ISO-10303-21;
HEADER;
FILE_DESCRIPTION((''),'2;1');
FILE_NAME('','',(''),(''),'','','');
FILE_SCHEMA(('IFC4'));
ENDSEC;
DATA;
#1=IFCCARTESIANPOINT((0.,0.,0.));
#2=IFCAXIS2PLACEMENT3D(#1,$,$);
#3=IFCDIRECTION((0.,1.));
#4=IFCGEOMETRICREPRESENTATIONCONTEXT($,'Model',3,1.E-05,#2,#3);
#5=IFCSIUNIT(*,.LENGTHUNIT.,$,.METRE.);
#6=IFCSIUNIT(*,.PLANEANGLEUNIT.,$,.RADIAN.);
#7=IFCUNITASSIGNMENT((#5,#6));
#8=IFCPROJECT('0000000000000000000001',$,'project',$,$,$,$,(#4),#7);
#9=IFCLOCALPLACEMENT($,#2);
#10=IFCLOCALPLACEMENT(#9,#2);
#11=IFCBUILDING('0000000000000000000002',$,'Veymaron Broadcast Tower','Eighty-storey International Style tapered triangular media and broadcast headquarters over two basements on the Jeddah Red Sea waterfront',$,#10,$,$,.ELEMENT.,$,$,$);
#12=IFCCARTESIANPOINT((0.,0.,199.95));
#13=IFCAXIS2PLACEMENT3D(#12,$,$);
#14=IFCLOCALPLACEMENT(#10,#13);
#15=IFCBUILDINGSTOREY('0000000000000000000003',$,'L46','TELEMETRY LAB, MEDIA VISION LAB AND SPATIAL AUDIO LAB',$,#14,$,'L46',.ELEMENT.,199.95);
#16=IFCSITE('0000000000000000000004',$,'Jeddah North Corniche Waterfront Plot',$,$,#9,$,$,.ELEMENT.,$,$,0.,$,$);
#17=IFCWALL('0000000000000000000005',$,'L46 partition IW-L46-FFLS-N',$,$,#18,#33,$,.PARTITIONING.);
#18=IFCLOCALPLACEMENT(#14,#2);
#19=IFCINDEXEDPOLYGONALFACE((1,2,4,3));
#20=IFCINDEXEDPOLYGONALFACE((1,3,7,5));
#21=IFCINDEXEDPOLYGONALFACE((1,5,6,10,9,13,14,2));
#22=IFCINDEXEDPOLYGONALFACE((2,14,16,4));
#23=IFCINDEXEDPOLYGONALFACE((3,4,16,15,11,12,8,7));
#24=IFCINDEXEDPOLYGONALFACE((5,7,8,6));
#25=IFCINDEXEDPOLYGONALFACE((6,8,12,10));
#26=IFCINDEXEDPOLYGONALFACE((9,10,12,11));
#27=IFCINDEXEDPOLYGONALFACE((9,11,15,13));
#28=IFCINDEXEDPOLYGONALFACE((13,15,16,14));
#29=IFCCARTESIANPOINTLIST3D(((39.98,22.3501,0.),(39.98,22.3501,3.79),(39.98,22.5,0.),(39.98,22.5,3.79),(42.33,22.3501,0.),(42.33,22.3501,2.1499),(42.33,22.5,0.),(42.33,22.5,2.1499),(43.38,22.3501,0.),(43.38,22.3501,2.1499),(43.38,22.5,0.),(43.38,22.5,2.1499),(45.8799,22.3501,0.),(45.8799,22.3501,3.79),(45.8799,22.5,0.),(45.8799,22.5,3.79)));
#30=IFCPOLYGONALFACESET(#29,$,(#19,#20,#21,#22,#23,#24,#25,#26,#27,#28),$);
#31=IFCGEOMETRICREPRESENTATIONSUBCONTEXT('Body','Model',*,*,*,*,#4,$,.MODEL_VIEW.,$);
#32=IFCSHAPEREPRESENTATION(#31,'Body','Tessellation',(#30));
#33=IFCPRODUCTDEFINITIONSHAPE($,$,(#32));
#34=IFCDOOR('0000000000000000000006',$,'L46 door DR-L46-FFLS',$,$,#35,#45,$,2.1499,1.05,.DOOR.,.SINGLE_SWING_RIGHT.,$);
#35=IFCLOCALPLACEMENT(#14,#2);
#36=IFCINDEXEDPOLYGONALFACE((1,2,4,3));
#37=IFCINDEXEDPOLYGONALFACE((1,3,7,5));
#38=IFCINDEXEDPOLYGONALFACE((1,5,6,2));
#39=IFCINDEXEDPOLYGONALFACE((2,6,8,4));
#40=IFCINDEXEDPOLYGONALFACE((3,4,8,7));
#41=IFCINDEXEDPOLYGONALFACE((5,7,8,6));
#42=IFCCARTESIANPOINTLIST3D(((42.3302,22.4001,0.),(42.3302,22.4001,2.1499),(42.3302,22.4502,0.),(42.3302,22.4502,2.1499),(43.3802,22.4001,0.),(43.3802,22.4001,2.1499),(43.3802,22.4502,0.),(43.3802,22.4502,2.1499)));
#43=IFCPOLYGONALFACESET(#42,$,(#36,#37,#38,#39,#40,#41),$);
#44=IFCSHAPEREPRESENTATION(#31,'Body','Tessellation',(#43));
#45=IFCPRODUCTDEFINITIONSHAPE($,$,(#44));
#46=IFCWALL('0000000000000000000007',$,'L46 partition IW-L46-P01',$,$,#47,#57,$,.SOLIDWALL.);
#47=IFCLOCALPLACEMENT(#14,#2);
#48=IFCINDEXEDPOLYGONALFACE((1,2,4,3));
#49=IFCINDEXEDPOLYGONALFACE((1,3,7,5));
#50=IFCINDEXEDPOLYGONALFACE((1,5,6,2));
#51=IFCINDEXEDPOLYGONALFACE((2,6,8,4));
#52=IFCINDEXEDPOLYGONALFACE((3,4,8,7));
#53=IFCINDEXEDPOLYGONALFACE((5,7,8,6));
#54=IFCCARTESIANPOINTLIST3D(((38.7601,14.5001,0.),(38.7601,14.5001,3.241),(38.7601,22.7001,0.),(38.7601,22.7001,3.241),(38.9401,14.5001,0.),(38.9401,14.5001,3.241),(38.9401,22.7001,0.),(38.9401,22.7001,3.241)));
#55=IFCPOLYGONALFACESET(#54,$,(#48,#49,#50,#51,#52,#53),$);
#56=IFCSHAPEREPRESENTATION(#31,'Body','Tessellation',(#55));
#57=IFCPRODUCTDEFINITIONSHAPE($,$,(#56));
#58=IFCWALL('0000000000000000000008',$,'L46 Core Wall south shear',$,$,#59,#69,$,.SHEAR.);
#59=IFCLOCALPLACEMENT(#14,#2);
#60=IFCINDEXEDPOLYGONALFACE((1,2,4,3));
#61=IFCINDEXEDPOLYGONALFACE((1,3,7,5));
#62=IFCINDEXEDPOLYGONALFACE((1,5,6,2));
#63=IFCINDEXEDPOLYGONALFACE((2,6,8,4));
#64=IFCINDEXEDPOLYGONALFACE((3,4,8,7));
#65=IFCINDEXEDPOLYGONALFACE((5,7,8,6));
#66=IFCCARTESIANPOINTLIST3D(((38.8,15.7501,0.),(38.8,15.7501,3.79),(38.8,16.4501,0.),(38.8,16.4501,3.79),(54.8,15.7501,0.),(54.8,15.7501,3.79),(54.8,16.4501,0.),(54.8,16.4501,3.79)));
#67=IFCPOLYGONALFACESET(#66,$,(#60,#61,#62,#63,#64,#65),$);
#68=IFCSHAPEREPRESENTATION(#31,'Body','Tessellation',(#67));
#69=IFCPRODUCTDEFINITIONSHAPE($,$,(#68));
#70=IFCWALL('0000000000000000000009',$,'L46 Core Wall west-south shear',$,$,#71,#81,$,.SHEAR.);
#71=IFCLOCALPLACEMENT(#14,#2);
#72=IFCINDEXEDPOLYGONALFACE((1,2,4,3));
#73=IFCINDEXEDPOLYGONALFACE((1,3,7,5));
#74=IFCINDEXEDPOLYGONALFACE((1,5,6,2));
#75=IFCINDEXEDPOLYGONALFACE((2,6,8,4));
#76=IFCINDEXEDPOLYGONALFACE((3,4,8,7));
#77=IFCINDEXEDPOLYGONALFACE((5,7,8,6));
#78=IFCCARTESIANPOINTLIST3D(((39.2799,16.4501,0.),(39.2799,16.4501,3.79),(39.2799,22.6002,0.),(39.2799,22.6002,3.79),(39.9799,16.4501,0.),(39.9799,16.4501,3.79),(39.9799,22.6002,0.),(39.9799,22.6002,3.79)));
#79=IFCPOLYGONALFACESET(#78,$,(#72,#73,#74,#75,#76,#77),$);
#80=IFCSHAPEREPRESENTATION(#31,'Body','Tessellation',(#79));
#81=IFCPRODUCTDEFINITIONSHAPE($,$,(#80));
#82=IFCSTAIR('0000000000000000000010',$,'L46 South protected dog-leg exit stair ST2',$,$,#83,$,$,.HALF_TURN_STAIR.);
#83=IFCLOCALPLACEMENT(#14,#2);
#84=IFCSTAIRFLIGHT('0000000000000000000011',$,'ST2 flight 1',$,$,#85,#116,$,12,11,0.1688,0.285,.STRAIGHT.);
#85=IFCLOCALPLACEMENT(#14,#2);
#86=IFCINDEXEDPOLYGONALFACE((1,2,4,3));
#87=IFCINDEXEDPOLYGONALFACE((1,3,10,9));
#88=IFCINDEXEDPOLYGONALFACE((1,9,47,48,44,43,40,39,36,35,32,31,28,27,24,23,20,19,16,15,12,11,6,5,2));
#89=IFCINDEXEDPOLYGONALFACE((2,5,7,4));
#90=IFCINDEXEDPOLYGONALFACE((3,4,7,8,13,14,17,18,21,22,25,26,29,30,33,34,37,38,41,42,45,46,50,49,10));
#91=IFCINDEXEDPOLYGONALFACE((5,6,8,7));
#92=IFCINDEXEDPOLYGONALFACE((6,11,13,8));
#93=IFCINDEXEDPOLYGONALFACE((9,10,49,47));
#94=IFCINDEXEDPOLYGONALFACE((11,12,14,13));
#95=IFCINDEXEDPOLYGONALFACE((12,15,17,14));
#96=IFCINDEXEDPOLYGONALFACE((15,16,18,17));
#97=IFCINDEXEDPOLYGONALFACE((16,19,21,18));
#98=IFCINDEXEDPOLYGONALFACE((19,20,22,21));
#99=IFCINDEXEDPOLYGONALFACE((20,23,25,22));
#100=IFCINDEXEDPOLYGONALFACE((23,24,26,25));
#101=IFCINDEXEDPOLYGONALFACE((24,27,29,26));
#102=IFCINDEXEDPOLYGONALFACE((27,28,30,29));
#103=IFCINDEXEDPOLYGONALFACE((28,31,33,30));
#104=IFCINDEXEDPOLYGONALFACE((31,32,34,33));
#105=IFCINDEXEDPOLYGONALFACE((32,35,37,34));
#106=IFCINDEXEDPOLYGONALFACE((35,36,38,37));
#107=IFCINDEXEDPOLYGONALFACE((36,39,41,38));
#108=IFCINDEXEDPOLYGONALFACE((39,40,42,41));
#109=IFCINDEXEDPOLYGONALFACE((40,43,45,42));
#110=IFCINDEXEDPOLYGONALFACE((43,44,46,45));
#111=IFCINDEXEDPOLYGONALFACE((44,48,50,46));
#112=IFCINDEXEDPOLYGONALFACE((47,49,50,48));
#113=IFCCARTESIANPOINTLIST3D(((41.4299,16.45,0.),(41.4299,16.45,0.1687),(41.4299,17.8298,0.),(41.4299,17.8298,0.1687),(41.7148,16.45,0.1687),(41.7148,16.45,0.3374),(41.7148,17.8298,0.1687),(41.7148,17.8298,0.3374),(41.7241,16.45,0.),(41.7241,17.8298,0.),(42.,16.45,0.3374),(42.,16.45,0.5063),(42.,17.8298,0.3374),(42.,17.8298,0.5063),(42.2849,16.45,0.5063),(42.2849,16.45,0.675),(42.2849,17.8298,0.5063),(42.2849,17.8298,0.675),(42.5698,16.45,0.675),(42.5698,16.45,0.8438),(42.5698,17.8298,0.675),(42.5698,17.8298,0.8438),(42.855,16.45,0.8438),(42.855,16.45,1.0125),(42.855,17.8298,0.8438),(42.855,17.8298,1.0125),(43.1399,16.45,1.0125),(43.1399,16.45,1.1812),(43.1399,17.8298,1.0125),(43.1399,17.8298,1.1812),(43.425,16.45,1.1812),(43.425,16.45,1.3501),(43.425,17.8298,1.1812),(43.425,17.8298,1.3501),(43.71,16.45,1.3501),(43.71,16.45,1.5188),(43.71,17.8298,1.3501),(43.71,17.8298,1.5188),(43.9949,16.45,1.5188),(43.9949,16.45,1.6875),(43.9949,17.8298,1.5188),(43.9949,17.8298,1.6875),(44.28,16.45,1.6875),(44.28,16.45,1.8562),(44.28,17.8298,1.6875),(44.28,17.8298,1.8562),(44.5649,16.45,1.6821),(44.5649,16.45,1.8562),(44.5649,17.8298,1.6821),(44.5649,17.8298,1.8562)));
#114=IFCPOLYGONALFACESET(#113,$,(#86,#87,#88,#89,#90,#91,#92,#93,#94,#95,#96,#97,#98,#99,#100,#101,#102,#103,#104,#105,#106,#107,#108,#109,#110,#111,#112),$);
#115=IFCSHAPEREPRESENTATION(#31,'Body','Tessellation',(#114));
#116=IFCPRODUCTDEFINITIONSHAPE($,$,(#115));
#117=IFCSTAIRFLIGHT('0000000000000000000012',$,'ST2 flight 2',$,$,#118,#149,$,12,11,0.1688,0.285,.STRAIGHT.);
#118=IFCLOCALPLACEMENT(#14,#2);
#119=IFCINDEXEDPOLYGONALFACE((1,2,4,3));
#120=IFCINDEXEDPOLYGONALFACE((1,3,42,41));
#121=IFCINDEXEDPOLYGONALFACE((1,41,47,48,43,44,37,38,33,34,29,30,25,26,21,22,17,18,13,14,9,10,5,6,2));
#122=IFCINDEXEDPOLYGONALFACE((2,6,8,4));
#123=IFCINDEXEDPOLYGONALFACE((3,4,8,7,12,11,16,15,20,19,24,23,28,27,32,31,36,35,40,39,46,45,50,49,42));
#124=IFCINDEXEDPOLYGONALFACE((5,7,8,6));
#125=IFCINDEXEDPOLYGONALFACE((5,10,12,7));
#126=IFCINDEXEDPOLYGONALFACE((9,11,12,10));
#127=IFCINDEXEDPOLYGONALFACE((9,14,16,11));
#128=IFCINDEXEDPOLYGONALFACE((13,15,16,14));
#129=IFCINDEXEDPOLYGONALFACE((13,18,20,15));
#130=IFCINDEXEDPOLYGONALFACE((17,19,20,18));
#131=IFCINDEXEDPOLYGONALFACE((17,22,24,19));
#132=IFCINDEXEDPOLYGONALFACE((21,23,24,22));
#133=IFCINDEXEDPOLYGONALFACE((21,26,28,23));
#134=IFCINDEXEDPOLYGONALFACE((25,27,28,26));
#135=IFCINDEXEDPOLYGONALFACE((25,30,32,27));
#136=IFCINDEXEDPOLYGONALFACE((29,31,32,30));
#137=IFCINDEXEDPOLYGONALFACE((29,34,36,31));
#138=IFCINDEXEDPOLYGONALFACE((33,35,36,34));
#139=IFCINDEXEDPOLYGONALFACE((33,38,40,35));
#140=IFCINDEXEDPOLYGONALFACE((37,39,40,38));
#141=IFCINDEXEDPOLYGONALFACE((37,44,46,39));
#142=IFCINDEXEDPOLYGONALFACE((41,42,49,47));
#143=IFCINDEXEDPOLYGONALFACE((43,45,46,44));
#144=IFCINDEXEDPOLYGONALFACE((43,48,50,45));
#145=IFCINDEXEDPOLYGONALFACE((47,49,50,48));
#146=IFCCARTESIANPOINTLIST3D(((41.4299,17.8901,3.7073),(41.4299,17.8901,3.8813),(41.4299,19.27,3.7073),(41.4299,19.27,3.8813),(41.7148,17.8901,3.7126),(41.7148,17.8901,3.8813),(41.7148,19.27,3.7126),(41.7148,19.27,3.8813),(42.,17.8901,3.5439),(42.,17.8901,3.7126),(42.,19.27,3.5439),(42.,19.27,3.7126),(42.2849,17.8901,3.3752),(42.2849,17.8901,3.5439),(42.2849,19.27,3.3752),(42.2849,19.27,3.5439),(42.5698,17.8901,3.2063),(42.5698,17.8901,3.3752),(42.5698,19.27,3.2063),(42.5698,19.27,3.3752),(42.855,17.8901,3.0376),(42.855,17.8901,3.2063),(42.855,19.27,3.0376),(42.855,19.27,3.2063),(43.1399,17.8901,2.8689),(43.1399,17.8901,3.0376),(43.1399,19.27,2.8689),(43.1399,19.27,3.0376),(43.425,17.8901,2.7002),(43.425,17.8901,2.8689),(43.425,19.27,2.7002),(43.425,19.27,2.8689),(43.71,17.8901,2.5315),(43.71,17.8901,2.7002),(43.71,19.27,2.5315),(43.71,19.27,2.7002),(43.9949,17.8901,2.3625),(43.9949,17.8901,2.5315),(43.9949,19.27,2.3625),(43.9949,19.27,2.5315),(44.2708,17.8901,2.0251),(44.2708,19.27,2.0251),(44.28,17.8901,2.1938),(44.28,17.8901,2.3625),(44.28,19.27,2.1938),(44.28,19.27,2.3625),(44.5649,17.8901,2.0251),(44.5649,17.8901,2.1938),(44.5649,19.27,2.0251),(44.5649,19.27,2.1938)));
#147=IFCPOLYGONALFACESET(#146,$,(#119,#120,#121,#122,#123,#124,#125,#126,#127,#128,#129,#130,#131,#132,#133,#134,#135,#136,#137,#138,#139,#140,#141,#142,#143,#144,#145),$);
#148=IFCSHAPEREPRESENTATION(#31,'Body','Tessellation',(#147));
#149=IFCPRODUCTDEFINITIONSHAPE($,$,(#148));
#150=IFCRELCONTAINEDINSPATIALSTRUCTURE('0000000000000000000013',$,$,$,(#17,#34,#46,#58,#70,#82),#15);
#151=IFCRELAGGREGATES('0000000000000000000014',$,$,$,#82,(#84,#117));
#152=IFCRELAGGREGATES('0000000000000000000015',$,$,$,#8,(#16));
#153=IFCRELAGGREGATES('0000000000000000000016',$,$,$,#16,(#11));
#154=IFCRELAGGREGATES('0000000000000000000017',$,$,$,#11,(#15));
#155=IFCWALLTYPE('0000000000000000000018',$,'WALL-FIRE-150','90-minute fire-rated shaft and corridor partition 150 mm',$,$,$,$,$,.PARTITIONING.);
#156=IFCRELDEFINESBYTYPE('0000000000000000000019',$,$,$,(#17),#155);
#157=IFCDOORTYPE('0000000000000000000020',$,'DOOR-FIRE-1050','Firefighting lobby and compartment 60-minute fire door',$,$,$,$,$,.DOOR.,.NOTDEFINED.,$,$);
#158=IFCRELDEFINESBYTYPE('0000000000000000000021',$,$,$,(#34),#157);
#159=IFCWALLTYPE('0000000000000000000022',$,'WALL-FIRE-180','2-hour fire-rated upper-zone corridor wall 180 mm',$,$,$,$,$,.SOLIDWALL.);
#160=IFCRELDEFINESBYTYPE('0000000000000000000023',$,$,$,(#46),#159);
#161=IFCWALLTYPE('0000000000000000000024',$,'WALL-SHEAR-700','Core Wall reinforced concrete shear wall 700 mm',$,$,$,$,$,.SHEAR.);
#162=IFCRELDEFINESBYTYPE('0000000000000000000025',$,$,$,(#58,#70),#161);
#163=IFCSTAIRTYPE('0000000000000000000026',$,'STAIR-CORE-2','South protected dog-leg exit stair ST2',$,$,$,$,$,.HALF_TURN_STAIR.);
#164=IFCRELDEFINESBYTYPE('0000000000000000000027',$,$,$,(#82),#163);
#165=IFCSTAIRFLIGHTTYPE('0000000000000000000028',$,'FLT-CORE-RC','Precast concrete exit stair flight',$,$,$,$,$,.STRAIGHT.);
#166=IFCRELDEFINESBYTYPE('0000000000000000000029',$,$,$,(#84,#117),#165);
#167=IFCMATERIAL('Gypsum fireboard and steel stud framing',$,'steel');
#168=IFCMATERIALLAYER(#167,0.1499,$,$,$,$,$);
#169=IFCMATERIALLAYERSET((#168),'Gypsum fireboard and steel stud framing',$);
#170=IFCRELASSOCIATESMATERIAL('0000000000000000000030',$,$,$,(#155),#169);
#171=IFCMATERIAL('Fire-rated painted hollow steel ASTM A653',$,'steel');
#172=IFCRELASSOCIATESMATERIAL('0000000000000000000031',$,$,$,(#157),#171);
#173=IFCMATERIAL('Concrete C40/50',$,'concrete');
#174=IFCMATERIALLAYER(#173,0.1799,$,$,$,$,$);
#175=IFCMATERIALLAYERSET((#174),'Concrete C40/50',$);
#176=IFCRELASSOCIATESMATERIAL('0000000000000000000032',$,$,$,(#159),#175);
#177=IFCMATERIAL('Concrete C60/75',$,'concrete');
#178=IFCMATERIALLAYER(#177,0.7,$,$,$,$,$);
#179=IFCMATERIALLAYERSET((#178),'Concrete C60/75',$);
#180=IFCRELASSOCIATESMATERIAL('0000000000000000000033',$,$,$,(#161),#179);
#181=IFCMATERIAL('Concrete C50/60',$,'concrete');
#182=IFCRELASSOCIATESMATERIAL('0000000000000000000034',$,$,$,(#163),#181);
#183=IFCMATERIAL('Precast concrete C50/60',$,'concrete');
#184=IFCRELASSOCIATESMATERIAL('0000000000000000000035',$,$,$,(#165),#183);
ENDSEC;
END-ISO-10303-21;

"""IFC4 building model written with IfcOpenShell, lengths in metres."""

from ifc_helpers import new_model, si_unit, direction, frame, frame_2d, origin, place, context, subcontext, project, spatial, polyline, rectangle, outline, extrude, material, layer, layer_set, type_object, element, fill, aggregate, save


model = new_model("IFC4")

# Units and contexts
model_context = context("Model", 3, precision=1e-05, world=origin(), true_north=direction((0.0, 1.0)))
body_context = subcontext(model_context, "Body", "Model", "MODEL_VIEW")
ifc_project = project(units=[si_unit("LENGTHUNIT", "METRE"), si_unit("PLANEANGLEUNIT", "RADIAN")], contexts=[model_context])

# Site, building, storey
site_placement = place(None, origin())
site = spatial("IfcSite", under=ifc_project, at=site_placement, Name="Jeddah North Corniche Waterfront Plot", CompositionType="ELEMENT", RefElevation=0.0)
building_placement = place(site_placement, origin())
building = spatial("IfcBuilding", under=site, at=building_placement, Name="Veymaron Broadcast Tower", Description="Eighty-storey International Style tapered triangular media and broadcast headquarters over two basements on the Jeddah Red Sea waterfront", CompositionType="ELEMENT")
storey_placement = place(building_placement, frame((0.0, 0.0, 199.95)))
storey = spatial("IfcBuildingStorey", under=building, at=storey_placement, Name="L46", Description="TELEMETRY LAB, MEDIA VISION LAB AND SPATIAL AUDIO LAB", LongName="L46", CompositionType="ELEMENT", Elevation=199.95)

# Shared definitions
ifc_material_1 = material(Name="Concrete C60/75", Category="concrete")

# Wall, opening, door
ifc_material_2 = material(Name="Gypsum fireboard and steel stud framing", Category="steel")
ifc_layer_1 = layer(ifc_material_2, 0.1499)
ifc_layer_set_1 = layer_set([ifc_layer_1], Name="Gypsum fireboard and steel stud framing")
wall_type_1 = type_object("IfcWallType", Name="WALL-FIRE-150", Description="90-minute fire-rated shaft and corridor partition 150 mm", PredefinedType="PARTITIONING", material=ifc_layer_set_1)
wall_1_placement = place(storey_placement, frame((39.98, 22.425, 0.0), z_axis=(0.0, 0.0, 1.0), x_axis=(1.0, 0.0, 0.0)))
wall_1 = element("IfcWall", 1, at=wall_1_placement, inside=storey, type_object=wall_type_1, Name="L46 partition IW-L46-FFLS-N", PredefinedType="PARTITIONING", context=body_context, shape_type="SweptSolid", body=[
    extrude(rectangle(XDim=5.8999, YDim=0.1499, at=frame_2d((2.95, 0.0))), origin(), (0.0, 0.0, 1.0), 3.79),
])
opening_1_placement = place(wall_1_placement, frame((2.3501, 0.0, 0.0)))
opening_1 = element("IfcOpeningElement", 2, at=opening_1_placement, cuts=wall_1, PredefinedType="OPENING", context=body_context, shape_type="SweptSolid", body=[
    extrude(rectangle(XDim=1.05, YDim=2.1499, at=frame_2d((0.5249, 1.075))), frame((0.0, 0.085, 0.0), z_axis=(0.0, -1.0, 0.0), x_axis=(1.0, 0.0, 0.0)), (0.0, 0.0, 1.0), 0.1699),
])
ifc_material_3 = material(Name="Fire-rated painted hollow steel ASTM A653", Category="steel")
door_type_1 = type_object("IfcDoorType", Name="DOOR-FIRE-1050", Description="Firefighting lobby and compartment 60-minute fire door", OperationType="NOTDEFINED", PredefinedType="DOOR", material=ifc_material_3)
door_1_placement = place(opening_1_placement, frame((1.05, 0.0, 0.0), z_axis=(0.0, 0.0, 1.0), x_axis=(-1.0, 0.0, 0.0)))
door_1 = element("IfcDoor", 3, at=door_1_placement, inside=storey, type_object=door_type_1, Name="L46 door DR-L46-FFLS", OperationType="SINGLE_SWING_RIGHT", OverallHeight=2.1499, OverallWidth=1.05, PredefinedType="DOOR", context=body_context, shape_type="SweptSolid", body=[
    extrude(rectangle(XDim=1.05, YDim=2.1499, at=frame_2d((0.5249, 1.075))), frame((0.0, 0.0249, 0.0), z_axis=(0.0, -1.0, 0.0), x_axis=(1.0, 0.0, 0.0)), (0.0, 0.0, 1.0), 0.05),
])
fill(opening_1, door_1)

# Wall
ifc_material_4 = material(Name="Concrete C40/50", Category="concrete")
ifc_layer_2 = layer(ifc_material_4, 0.1799)
ifc_layer_set_2 = layer_set([ifc_layer_2], Name="Concrete C40/50")
wall_type_2 = type_object("IfcWallType", Name="WALL-FIRE-180", Description="2-hour fire-rated upper-zone corridor wall 180 mm", PredefinedType="SOLIDWALL", material=ifc_layer_set_2)
wall_2_placement = place(storey_placement, frame((38.8501, 14.5, 0.0), z_axis=(0.0, 0.0, 1.0), x_axis=(0.0, 1.0, 0.0)))
element("IfcWall", 4, at=wall_2_placement, inside=storey, type_object=wall_type_2, Name="L46 partition IW-L46-P01", PredefinedType="SOLIDWALL", context=body_context, shape_type="SweptSolid", body=[
    extrude(rectangle(XDim=8.2, YDim=0.1799, at=frame_2d((4.1001, 0.0))), origin(), (0.0, 0.0, 1.0), 3.241),
])

# Shared definitions
ifc_material_5 = material(Name="Concrete C50/60", Category="concrete")

# Walls
ifc_layer_3 = layer(ifc_material_1, 0.7)
ifc_layer_set_3 = layer_set([ifc_layer_3], Name="Concrete C60/75")
wall_type_3 = type_object("IfcWallType", Name="WALL-SHEAR-700", Description="Core Wall reinforced concrete shear wall 700 mm", PredefinedType="SHEAR", material=ifc_layer_set_3)
wall_3_placement = place(storey_placement, frame((38.8, 16.1001, 0.0), z_axis=(0.0, 0.0, 1.0), x_axis=(1.0, 0.0, 0.0)))
element("IfcWall", 5, at=wall_3_placement, inside=storey, type_object=wall_type_3, Name="L46 Core Wall south shear", PredefinedType="SHEAR", context=body_context, shape_type="SweptSolid", body=[
    extrude(rectangle(XDim=16.0, YDim=0.7, at=frame_2d((8.0, 0.0))), origin(), (0.0, 0.0, 1.0), 3.79),
])
wall_4_placement = place(storey_placement, frame((39.6299, 16.45, 0.0), z_axis=(0.0, 0.0, 1.0), x_axis=(0.0, 1.0, 0.0)))
element("IfcWall", 6, at=wall_4_placement, inside=storey, type_object=wall_type_3, Name="L46 Core Wall west-south shear", PredefinedType="SHEAR", context=body_context, shape_type="SweptSolid", body=[
    extrude(rectangle(XDim=6.1501, YDim=0.7, at=frame_2d((3.0752, 0.0))), origin(), (0.0, 0.0, 1.0), 3.79),
])

# Stair, stair flights
stair_type = type_object("IfcStairType", Name="STAIR-CORE-2", Description="South protected dog-leg exit stair ST2", PredefinedType="HALF_TURN_STAIR", material=ifc_material_5)
stair_placement = place(storey_placement, origin())
stair = element("IfcStair", 7, at=stair_placement, inside=storey, type_object=stair_type, Name="L46 South protected dog-leg exit stair ST2", PredefinedType="HALF_TURN_STAIR")
ifc_material_6 = material(Name="Precast concrete C50/60", Category="concrete")
stair_flight_type = type_object("IfcStairFlightType", Name="FLT-CORE-RC", Description="Precast concrete exit stair flight", PredefinedType="STRAIGHT", material=ifc_material_6)
stair_flight_1_placement = place(storey_placement, frame((41.4299, 17.1399, 0.0), z_axis=(0.0, 0.0, 1.0), x_axis=(1.0, 0.0, 0.0)))
stair_flight_1 = element("IfcStairFlight", 8, at=stair_flight_1_placement, type_object=stair_flight_type, Name="ST2 flight 1", NumberOfRisers=12, NumberOfTreads=11, PredefinedType="STRAIGHT", RiserHeight=0.1688, TreadLength=0.285, context=body_context, shape_type="SweptSolid", body=[
    extrude(outline(polyline([(0.0, 0.0), (0.0, 0.1687), (0.2849, 0.1687), (0.2849, 0.3374), (0.5701, 0.3374), (0.5701, 0.5063), (0.855, 0.5063), (0.855, 0.675), (1.1399, 0.675), (1.1399, 0.8438), (1.425, 0.8438), (1.425, 1.0125), (1.71, 1.0125), (1.71, 1.1812), (1.9951, 1.1812), (1.9951, 1.3501), (2.28, 1.3501), (2.28, 1.5188), (2.5649, 1.5188), (2.5649, 1.6875), (2.8501, 1.6875), (2.8501, 1.8562), (3.135, 1.8562), (3.135, 2.0249), (3.135, 1.6821), (0.2942, 0.0), (0.0, 0.0)])), frame((0.0, 0.6899, 0.0), z_axis=(0.0, -1.0, 0.0), x_axis=(1.0, 0.0, 0.0)), (0.0, 0.0, 1.0), 1.3799),
])
stair_flight_2_placement = place(storey_placement, frame((44.5649, 18.5801, 2.0251), z_axis=(0.0, 0.0, 1.0), x_axis=(-1.0, 0.0, 0.0)))
stair_flight_2 = element("IfcStairFlight", 9, at=stair_flight_2_placement, type_object=stair_flight_type, Name="ST2 flight 2", NumberOfRisers=12, NumberOfTreads=11, PredefinedType="STRAIGHT", RiserHeight=0.1688, TreadLength=0.285, context=body_context, shape_type="SweptSolid", body=[
    extrude(outline(polyline([(0.0, 0.0), (0.0, 0.1687), (0.2849, 0.1687), (0.2849, 0.3374), (0.5701, 0.3374), (0.5701, 0.5063), (0.855, 0.5063), (0.855, 0.675), (1.1399, 0.675), (1.1399, 0.8438), (1.425, 0.8438), (1.425, 1.0125), (1.71, 1.0125), (1.71, 1.1812), (1.9951, 1.1812), (1.9951, 1.3501), (2.28, 1.3501), (2.28, 1.5188), (2.5649, 1.5188), (2.5649, 1.6875), (2.8501, 1.6875), (2.8501, 1.8562), (3.135, 1.8562), (3.135, 2.0249), (3.135, 1.6821), (0.2942, 0.0), (0.0, 0.0)])), frame((0.0, 0.6899, 0.0), z_axis=(0.0, -1.0, 0.0), x_axis=(1.0, 0.0, 0.0)), (0.0, 0.0, 1.0), 1.3799),
])
aggregate(stair, [stair_flight_1, stair_flight_2])

save(model, "model.ifc")
